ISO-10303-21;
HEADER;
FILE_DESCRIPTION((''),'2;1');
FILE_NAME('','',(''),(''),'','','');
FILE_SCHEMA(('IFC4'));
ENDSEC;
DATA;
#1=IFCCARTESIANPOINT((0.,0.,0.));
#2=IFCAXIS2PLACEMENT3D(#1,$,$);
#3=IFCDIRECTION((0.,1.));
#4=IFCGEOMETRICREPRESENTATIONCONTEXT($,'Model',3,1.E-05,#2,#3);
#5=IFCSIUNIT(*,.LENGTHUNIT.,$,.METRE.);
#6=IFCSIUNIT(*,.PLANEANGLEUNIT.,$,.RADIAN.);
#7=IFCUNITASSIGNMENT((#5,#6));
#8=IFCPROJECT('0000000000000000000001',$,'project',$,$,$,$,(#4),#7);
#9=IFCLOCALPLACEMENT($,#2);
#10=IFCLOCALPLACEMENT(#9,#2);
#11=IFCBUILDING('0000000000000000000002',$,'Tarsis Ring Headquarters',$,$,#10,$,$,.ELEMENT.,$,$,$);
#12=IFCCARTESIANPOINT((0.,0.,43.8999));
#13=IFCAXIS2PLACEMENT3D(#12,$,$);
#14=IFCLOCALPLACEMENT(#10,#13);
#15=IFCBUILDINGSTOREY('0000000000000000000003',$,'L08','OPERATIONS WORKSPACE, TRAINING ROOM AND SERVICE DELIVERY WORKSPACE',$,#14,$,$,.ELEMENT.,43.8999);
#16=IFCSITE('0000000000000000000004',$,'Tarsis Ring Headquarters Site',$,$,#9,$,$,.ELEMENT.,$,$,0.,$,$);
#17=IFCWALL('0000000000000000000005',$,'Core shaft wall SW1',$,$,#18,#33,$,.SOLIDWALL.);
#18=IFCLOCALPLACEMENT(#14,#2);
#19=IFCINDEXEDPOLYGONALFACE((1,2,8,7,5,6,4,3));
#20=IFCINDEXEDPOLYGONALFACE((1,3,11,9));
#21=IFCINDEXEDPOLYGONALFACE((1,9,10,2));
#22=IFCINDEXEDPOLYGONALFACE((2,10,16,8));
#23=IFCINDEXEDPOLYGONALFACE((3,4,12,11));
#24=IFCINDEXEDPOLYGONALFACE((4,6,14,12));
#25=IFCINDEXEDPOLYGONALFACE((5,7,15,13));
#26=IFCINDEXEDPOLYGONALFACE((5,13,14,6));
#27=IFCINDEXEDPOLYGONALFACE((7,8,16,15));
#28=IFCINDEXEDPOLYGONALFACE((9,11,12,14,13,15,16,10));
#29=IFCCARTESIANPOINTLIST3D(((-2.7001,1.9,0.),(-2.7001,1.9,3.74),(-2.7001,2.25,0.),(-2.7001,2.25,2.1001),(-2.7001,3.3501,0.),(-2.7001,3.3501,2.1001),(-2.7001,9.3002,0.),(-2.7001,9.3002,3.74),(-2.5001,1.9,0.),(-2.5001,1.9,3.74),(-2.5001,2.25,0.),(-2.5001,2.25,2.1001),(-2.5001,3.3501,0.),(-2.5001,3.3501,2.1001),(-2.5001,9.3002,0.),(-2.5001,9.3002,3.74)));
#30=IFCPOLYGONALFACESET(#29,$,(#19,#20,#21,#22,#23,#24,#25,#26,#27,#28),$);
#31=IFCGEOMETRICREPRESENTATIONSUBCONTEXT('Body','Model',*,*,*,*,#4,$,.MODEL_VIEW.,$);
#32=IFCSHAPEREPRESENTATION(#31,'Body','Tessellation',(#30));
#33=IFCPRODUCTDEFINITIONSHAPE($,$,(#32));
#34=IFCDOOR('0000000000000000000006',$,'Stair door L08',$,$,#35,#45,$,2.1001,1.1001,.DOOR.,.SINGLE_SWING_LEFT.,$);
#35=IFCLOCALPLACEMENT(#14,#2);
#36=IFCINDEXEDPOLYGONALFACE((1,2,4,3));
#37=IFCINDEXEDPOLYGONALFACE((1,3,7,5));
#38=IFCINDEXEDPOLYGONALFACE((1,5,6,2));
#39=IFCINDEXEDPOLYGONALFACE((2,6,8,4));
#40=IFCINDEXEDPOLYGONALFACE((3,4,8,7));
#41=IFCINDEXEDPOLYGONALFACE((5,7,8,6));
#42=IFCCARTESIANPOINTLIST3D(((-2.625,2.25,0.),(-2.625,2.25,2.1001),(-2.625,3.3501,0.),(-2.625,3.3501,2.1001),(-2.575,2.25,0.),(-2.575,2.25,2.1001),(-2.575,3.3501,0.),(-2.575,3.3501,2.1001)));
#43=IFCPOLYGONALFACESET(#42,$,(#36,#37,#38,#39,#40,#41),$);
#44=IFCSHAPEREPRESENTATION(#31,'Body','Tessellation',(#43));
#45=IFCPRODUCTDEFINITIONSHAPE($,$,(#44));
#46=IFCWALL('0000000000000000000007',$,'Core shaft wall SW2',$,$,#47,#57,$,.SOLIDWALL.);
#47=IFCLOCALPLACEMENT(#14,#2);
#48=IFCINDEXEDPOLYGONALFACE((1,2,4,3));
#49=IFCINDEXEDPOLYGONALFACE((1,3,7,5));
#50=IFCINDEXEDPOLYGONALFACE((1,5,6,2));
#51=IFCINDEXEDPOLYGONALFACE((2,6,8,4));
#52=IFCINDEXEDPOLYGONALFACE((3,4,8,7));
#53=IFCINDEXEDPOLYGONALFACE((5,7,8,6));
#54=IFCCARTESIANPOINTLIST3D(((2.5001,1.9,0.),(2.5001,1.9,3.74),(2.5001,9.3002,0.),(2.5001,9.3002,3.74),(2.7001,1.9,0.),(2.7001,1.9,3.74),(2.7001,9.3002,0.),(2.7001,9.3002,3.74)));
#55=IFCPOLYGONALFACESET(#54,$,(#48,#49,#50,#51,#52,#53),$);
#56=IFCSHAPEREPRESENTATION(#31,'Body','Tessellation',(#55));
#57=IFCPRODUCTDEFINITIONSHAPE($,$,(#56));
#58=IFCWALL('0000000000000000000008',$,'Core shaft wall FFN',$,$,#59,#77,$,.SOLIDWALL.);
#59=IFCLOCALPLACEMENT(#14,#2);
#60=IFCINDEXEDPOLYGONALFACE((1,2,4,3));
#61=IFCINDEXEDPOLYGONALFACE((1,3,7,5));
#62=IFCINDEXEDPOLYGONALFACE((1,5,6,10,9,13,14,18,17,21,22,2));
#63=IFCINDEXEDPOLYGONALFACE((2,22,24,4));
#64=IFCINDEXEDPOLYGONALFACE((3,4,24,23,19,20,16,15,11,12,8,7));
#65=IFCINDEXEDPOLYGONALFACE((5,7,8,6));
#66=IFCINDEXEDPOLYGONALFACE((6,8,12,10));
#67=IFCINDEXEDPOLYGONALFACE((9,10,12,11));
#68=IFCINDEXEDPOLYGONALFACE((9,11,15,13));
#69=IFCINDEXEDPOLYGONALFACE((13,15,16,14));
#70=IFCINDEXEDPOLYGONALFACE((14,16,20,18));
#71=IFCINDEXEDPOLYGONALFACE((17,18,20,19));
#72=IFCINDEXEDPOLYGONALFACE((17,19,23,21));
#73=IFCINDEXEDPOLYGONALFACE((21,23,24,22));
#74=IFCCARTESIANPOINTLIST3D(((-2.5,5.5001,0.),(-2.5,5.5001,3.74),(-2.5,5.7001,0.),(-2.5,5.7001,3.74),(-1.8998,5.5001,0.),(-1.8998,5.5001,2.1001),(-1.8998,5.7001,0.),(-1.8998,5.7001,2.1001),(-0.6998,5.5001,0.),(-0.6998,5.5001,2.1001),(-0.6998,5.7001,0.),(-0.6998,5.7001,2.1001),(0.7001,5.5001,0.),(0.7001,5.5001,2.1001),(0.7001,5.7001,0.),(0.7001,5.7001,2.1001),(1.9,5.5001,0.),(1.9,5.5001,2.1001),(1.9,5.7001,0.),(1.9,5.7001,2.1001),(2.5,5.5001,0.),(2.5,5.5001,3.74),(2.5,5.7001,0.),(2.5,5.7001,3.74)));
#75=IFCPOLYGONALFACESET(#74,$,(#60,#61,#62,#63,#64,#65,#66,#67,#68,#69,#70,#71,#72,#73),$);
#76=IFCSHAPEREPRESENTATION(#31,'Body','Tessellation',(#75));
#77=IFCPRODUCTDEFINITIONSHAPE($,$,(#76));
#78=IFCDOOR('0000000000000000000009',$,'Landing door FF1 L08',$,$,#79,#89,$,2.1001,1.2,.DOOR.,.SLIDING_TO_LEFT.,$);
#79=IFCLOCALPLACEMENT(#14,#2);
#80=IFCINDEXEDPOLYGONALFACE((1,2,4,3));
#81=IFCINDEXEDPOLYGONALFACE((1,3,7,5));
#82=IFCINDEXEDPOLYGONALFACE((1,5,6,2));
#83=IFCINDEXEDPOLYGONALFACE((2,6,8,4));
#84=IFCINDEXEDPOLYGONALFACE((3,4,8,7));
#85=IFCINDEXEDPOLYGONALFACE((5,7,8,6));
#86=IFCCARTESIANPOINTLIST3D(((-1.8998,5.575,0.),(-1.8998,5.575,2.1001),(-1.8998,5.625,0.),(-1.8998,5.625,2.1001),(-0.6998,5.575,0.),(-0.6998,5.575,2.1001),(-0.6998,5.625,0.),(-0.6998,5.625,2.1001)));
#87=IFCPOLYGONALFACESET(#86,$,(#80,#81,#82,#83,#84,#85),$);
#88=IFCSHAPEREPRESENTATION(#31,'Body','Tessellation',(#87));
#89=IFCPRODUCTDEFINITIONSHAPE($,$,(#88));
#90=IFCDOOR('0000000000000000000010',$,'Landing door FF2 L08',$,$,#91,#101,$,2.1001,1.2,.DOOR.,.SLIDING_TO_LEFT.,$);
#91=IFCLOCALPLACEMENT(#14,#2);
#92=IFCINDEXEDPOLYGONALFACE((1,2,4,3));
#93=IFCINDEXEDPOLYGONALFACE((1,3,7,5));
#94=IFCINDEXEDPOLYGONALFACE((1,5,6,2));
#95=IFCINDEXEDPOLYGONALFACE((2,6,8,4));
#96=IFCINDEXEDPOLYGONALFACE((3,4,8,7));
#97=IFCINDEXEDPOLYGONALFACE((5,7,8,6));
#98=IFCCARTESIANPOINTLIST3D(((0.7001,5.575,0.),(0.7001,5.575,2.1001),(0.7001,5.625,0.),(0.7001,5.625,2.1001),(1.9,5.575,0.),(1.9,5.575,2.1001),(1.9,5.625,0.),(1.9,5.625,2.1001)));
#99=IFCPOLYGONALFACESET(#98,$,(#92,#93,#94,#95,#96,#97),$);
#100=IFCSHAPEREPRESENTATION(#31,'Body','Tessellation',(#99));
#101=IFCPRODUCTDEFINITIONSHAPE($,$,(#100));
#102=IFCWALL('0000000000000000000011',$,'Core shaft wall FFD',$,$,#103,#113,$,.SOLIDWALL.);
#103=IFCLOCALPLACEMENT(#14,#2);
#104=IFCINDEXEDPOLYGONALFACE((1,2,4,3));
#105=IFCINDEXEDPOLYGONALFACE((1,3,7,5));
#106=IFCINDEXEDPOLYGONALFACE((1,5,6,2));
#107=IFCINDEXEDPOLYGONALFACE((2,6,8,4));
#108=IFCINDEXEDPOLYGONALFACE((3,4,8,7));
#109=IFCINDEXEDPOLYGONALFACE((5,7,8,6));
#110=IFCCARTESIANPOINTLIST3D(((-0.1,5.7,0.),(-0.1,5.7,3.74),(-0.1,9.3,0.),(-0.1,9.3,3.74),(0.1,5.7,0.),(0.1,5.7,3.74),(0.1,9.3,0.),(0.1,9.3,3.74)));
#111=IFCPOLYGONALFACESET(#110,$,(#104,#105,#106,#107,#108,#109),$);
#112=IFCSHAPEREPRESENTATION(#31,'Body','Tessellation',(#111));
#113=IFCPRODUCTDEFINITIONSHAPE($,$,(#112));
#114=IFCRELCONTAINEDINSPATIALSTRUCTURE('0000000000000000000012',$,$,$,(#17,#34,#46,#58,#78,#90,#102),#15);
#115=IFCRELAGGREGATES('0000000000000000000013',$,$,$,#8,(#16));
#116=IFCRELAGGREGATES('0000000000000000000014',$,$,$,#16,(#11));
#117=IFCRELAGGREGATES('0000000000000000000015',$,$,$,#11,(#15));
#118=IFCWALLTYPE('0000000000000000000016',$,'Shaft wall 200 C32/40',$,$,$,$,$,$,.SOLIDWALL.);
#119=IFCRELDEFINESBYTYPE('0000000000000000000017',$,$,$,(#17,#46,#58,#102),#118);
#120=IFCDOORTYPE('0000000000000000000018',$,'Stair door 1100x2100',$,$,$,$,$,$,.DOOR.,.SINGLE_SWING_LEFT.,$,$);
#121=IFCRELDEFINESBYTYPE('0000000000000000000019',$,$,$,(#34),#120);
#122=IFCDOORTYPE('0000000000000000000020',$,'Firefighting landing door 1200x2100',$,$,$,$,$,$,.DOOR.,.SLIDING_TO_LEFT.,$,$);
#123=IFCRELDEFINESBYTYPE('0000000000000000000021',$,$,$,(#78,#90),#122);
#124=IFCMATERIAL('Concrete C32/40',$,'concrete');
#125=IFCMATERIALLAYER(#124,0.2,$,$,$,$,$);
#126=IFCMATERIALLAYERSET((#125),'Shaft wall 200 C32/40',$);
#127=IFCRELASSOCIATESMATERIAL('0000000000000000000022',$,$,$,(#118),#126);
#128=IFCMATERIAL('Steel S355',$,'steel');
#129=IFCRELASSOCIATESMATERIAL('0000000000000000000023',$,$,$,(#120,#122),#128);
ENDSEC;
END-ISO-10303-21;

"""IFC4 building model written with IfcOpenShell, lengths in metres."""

from ifc_helpers import new_model, si_unit, direction, frame, frame_2d, origin, place, context, subcontext, project, spatial, rectangle, extrude, material, layer, layer_set, type_object, element, fill, save


model = new_model("IFC4")

# Units and contexts
model_context = context("Model", 3, precision=1e-05, world=origin(), true_north=direction((0.0, 1.0)))
body_context = subcontext(model_context, "Body", "Model", "MODEL_VIEW")
ifc_project = project(units=[si_unit("LENGTHUNIT", "METRE"), si_unit("PLANEANGLEUNIT", "RADIAN")], contexts=[model_context])

# Site, building, storey
site_placement = place(None, origin())
site = spatial("IfcSite", under=ifc_project, at=site_placement, Name="Tarsis Ring Headquarters Site", CompositionType="ELEMENT", RefElevation=0.0)
building_placement = place(site_placement, origin())
building = spatial("IfcBuilding", under=site, at=building_placement, Name="Tarsis Ring Headquarters", CompositionType="ELEMENT")
storey_placement = place(building_placement, frame((0.0, 0.0, 43.8999)))
storey = spatial("IfcBuildingStorey", under=building, at=storey_placement, Name="L08", Description="OPERATIONS WORKSPACE, TRAINING ROOM AND SERVICE DELIVERY WORKSPACE", CompositionType="ELEMENT", Elevation=43.8999)

# Shared definitions
ifc_material_1 = material(Name="Concrete C32/40", Category="concrete")
ifc_layer_1 = layer(ifc_material_1, 0.2)
ifc_layer_set_1 = layer_set([ifc_layer_1], Name="Shaft wall 200 C32/40")
wall_type_1 = type_object("IfcWallType", Name="Shaft wall 200 C32/40", PredefinedType="SOLIDWALL", material=ifc_layer_set_1)

# Wall, opening, door
wall_1_placement = place(storey_placement, frame((-2.6001, 1.8999, 0.0), z_axis=(0.0, 0.0, 1.0), x_axis=(0.0, 1.0, 0.0)))
wall_1 = element("IfcWall", 1, at=wall_1_placement, inside=storey, type_object=wall_type_1, Name="Core shaft wall SW1", PredefinedType="SOLIDWALL", context=body_context, shape_type="SweptSolid", body=[
    extrude(rectangle(XDim=7.4001, YDim=0.2, at=frame_2d((3.7002, 0.0))), origin(), (0.0, 0.0, 1.0), 3.74),
])
opening_1_placement = place(wall_1_placement, frame((0.3501, 0.0, 0.0)))
opening_1 = element("IfcOpeningElement", 2, at=opening_1_placement, cuts=wall_1, PredefinedType="OPENING", context=body_context, shape_type="SweptSolid", body=[
    extrude(rectangle(XDim=1.1001, YDim=2.1001, at=frame_2d((0.55, 1.05))), frame((0.0, 0.1099, 0.0), z_axis=(0.0, -1.0, 0.0), x_axis=(1.0, 0.0, 0.0)), (0.0, 0.0, 1.0), 0.22),
])
ifc_material_2 = material(Name="Steel S355", Category="steel")
door_type_1 = type_object("IfcDoorType", Name="Stair door 1100x2100", OperationType="SINGLE_SWING_LEFT", PredefinedType="DOOR", material=ifc_material_2)
door_1_placement = place(opening_1_placement, origin())
door_1 = element("IfcDoor", 3, at=door_1_placement, inside=storey, type_object=door_type_1, Name="Stair door L08", OperationType="SINGLE_SWING_LEFT", OverallHeight=2.1001, OverallWidth=1.1001, PredefinedType="DOOR", context=body_context, shape_type="SweptSolid", body=[
    extrude(rectangle(XDim=1.1001, YDim=2.1001, at=frame_2d((0.55, 1.05))), frame((0.0, 0.0249, 0.0), z_axis=(0.0, -1.0, 0.0), x_axis=(1.0, 0.0, 0.0)), (0.0, 0.0, 1.0), 0.05),
])
fill(opening_1, door_1)

# Wall
wall_2_placement = place(storey_placement, frame((2.6001, 1.8999, 0.0), z_axis=(0.0, 0.0, 1.0), x_axis=(0.0, 1.0, 0.0)))
element("IfcWall", 4, at=wall_2_placement, inside=storey, type_object=wall_type_1, Name="Core shaft wall SW2", PredefinedType="SOLIDWALL", context=body_context, shape_type="SweptSolid", body=[
    extrude(rectangle(XDim=7.4001, YDim=0.2, at=frame_2d((3.7002, 0.0))), origin(), (0.0, 0.0, 1.0), 3.74),
])

# Wall, openings, doors
wall_3_placement = place(storey_placement, frame((-2.5, 5.6001, 0.0), z_axis=(0.0, 0.0, 1.0), x_axis=(1.0, 0.0, 0.0)))
wall_3 = element("IfcWall", 5, at=wall_3_placement, inside=storey, type_object=wall_type_1, Name="Core shaft wall FFN", PredefinedType="SOLIDWALL", context=body_context, shape_type="SweptSolid", body=[
    extrude(rectangle(XDim=5.0, YDim=0.2, at=frame_2d((2.5, 0.0))), origin(), (0.0, 0.0, 1.0), 3.74),
])
opening_2_placement = place(wall_3_placement, frame((0.6001, 0.0, 0.0)))
opening_2 = element("IfcOpeningElement", 6, at=opening_2_placement, cuts=wall_3, PredefinedType="OPENING", context=body_context, shape_type="SweptSolid", body=[
    extrude(rectangle(XDim=1.2, YDim=2.1001, at=frame_2d((0.6001, 1.05))), frame((0.0, 0.1099, 0.0), z_axis=(0.0, -1.0, 0.0), x_axis=(1.0, 0.0, 0.0)), (0.0, 0.0, 1.0), 0.22),
])
opening_3_placement = place(wall_3_placement, frame((3.2, 0.0, 0.0)))
opening_3 = element("IfcOpeningElement", 7, at=opening_3_placement, cuts=wall_3, PredefinedType="OPENING", context=body_context, shape_type="SweptSolid", body=[
    extrude(rectangle(XDim=1.2, YDim=2.1001, at=frame_2d((0.6001, 1.05))), frame((0.0, 0.1099, 0.0), z_axis=(0.0, -1.0, 0.0), x_axis=(1.0, 0.0, 0.0)), (0.0, 0.0, 1.0), 0.22),
])
door_type_2 = type_object("IfcDoorType", Name="Firefighting landing door 1200x2100", OperationType="SLIDING_TO_LEFT", PredefinedType="DOOR", material=ifc_material_2)
door_2_placement = place(opening_2_placement, origin())
door_2 = element("IfcDoor", 8, at=door_2_placement, inside=storey, type_object=door_type_2, Name="Landing door FF1 L08", OperationType="SLIDING_TO_LEFT", OverallHeight=2.1001, OverallWidth=1.2, PredefinedType="DOOR", context=body_context, shape_type="SweptSolid", body=[
    extrude(rectangle(XDim=1.2, YDim=2.1001, at=frame_2d((0.6001, 1.05))), frame((0.0, 0.0249, 0.0), z_axis=(0.0, -1.0, 0.0), x_axis=(1.0, 0.0, 0.0)), (0.0, 0.0, 1.0), 0.05),
])
fill(opening_2, door_2)
door_3_placement = place(opening_3_placement, origin())
door_3 = element("IfcDoor", 9, at=door_3_placement, inside=storey, type_object=door_type_2, Name="Landing door FF2 L08", OperationType="SLIDING_TO_LEFT", OverallHeight=2.1001, OverallWidth=1.2, PredefinedType="DOOR", context=body_context, shape_type="SweptSolid", body=[
    extrude(rectangle(XDim=1.2, YDim=2.1001, at=frame_2d((0.6001, 1.05))), frame((0.0, 0.0249, 0.0), z_axis=(0.0, -1.0, 0.0), x_axis=(1.0, 0.0, 0.0)), (0.0, 0.0, 1.0), 0.05),
])
fill(opening_3, door_3)

# Wall
wall_4_placement = place(storey_placement, frame((0.0, 5.7, 0.0), z_axis=(0.0, 0.0, 1.0), x_axis=(0.0, 1.0, 0.0)))
element("IfcWall", 10, at=wall_4_placement, inside=storey, type_object=wall_type_1, Name="Core shaft wall FFD", PredefinedType="SOLIDWALL", context=body_context, shape_type="SweptSolid", body=[
    extrude(rectangle(XDim=3.6001, YDim=0.2, at=frame_2d((1.8, 0.0))), origin(), (0.0, 0.0, 1.0), 3.74),
])

save(model, "model.ifc")
